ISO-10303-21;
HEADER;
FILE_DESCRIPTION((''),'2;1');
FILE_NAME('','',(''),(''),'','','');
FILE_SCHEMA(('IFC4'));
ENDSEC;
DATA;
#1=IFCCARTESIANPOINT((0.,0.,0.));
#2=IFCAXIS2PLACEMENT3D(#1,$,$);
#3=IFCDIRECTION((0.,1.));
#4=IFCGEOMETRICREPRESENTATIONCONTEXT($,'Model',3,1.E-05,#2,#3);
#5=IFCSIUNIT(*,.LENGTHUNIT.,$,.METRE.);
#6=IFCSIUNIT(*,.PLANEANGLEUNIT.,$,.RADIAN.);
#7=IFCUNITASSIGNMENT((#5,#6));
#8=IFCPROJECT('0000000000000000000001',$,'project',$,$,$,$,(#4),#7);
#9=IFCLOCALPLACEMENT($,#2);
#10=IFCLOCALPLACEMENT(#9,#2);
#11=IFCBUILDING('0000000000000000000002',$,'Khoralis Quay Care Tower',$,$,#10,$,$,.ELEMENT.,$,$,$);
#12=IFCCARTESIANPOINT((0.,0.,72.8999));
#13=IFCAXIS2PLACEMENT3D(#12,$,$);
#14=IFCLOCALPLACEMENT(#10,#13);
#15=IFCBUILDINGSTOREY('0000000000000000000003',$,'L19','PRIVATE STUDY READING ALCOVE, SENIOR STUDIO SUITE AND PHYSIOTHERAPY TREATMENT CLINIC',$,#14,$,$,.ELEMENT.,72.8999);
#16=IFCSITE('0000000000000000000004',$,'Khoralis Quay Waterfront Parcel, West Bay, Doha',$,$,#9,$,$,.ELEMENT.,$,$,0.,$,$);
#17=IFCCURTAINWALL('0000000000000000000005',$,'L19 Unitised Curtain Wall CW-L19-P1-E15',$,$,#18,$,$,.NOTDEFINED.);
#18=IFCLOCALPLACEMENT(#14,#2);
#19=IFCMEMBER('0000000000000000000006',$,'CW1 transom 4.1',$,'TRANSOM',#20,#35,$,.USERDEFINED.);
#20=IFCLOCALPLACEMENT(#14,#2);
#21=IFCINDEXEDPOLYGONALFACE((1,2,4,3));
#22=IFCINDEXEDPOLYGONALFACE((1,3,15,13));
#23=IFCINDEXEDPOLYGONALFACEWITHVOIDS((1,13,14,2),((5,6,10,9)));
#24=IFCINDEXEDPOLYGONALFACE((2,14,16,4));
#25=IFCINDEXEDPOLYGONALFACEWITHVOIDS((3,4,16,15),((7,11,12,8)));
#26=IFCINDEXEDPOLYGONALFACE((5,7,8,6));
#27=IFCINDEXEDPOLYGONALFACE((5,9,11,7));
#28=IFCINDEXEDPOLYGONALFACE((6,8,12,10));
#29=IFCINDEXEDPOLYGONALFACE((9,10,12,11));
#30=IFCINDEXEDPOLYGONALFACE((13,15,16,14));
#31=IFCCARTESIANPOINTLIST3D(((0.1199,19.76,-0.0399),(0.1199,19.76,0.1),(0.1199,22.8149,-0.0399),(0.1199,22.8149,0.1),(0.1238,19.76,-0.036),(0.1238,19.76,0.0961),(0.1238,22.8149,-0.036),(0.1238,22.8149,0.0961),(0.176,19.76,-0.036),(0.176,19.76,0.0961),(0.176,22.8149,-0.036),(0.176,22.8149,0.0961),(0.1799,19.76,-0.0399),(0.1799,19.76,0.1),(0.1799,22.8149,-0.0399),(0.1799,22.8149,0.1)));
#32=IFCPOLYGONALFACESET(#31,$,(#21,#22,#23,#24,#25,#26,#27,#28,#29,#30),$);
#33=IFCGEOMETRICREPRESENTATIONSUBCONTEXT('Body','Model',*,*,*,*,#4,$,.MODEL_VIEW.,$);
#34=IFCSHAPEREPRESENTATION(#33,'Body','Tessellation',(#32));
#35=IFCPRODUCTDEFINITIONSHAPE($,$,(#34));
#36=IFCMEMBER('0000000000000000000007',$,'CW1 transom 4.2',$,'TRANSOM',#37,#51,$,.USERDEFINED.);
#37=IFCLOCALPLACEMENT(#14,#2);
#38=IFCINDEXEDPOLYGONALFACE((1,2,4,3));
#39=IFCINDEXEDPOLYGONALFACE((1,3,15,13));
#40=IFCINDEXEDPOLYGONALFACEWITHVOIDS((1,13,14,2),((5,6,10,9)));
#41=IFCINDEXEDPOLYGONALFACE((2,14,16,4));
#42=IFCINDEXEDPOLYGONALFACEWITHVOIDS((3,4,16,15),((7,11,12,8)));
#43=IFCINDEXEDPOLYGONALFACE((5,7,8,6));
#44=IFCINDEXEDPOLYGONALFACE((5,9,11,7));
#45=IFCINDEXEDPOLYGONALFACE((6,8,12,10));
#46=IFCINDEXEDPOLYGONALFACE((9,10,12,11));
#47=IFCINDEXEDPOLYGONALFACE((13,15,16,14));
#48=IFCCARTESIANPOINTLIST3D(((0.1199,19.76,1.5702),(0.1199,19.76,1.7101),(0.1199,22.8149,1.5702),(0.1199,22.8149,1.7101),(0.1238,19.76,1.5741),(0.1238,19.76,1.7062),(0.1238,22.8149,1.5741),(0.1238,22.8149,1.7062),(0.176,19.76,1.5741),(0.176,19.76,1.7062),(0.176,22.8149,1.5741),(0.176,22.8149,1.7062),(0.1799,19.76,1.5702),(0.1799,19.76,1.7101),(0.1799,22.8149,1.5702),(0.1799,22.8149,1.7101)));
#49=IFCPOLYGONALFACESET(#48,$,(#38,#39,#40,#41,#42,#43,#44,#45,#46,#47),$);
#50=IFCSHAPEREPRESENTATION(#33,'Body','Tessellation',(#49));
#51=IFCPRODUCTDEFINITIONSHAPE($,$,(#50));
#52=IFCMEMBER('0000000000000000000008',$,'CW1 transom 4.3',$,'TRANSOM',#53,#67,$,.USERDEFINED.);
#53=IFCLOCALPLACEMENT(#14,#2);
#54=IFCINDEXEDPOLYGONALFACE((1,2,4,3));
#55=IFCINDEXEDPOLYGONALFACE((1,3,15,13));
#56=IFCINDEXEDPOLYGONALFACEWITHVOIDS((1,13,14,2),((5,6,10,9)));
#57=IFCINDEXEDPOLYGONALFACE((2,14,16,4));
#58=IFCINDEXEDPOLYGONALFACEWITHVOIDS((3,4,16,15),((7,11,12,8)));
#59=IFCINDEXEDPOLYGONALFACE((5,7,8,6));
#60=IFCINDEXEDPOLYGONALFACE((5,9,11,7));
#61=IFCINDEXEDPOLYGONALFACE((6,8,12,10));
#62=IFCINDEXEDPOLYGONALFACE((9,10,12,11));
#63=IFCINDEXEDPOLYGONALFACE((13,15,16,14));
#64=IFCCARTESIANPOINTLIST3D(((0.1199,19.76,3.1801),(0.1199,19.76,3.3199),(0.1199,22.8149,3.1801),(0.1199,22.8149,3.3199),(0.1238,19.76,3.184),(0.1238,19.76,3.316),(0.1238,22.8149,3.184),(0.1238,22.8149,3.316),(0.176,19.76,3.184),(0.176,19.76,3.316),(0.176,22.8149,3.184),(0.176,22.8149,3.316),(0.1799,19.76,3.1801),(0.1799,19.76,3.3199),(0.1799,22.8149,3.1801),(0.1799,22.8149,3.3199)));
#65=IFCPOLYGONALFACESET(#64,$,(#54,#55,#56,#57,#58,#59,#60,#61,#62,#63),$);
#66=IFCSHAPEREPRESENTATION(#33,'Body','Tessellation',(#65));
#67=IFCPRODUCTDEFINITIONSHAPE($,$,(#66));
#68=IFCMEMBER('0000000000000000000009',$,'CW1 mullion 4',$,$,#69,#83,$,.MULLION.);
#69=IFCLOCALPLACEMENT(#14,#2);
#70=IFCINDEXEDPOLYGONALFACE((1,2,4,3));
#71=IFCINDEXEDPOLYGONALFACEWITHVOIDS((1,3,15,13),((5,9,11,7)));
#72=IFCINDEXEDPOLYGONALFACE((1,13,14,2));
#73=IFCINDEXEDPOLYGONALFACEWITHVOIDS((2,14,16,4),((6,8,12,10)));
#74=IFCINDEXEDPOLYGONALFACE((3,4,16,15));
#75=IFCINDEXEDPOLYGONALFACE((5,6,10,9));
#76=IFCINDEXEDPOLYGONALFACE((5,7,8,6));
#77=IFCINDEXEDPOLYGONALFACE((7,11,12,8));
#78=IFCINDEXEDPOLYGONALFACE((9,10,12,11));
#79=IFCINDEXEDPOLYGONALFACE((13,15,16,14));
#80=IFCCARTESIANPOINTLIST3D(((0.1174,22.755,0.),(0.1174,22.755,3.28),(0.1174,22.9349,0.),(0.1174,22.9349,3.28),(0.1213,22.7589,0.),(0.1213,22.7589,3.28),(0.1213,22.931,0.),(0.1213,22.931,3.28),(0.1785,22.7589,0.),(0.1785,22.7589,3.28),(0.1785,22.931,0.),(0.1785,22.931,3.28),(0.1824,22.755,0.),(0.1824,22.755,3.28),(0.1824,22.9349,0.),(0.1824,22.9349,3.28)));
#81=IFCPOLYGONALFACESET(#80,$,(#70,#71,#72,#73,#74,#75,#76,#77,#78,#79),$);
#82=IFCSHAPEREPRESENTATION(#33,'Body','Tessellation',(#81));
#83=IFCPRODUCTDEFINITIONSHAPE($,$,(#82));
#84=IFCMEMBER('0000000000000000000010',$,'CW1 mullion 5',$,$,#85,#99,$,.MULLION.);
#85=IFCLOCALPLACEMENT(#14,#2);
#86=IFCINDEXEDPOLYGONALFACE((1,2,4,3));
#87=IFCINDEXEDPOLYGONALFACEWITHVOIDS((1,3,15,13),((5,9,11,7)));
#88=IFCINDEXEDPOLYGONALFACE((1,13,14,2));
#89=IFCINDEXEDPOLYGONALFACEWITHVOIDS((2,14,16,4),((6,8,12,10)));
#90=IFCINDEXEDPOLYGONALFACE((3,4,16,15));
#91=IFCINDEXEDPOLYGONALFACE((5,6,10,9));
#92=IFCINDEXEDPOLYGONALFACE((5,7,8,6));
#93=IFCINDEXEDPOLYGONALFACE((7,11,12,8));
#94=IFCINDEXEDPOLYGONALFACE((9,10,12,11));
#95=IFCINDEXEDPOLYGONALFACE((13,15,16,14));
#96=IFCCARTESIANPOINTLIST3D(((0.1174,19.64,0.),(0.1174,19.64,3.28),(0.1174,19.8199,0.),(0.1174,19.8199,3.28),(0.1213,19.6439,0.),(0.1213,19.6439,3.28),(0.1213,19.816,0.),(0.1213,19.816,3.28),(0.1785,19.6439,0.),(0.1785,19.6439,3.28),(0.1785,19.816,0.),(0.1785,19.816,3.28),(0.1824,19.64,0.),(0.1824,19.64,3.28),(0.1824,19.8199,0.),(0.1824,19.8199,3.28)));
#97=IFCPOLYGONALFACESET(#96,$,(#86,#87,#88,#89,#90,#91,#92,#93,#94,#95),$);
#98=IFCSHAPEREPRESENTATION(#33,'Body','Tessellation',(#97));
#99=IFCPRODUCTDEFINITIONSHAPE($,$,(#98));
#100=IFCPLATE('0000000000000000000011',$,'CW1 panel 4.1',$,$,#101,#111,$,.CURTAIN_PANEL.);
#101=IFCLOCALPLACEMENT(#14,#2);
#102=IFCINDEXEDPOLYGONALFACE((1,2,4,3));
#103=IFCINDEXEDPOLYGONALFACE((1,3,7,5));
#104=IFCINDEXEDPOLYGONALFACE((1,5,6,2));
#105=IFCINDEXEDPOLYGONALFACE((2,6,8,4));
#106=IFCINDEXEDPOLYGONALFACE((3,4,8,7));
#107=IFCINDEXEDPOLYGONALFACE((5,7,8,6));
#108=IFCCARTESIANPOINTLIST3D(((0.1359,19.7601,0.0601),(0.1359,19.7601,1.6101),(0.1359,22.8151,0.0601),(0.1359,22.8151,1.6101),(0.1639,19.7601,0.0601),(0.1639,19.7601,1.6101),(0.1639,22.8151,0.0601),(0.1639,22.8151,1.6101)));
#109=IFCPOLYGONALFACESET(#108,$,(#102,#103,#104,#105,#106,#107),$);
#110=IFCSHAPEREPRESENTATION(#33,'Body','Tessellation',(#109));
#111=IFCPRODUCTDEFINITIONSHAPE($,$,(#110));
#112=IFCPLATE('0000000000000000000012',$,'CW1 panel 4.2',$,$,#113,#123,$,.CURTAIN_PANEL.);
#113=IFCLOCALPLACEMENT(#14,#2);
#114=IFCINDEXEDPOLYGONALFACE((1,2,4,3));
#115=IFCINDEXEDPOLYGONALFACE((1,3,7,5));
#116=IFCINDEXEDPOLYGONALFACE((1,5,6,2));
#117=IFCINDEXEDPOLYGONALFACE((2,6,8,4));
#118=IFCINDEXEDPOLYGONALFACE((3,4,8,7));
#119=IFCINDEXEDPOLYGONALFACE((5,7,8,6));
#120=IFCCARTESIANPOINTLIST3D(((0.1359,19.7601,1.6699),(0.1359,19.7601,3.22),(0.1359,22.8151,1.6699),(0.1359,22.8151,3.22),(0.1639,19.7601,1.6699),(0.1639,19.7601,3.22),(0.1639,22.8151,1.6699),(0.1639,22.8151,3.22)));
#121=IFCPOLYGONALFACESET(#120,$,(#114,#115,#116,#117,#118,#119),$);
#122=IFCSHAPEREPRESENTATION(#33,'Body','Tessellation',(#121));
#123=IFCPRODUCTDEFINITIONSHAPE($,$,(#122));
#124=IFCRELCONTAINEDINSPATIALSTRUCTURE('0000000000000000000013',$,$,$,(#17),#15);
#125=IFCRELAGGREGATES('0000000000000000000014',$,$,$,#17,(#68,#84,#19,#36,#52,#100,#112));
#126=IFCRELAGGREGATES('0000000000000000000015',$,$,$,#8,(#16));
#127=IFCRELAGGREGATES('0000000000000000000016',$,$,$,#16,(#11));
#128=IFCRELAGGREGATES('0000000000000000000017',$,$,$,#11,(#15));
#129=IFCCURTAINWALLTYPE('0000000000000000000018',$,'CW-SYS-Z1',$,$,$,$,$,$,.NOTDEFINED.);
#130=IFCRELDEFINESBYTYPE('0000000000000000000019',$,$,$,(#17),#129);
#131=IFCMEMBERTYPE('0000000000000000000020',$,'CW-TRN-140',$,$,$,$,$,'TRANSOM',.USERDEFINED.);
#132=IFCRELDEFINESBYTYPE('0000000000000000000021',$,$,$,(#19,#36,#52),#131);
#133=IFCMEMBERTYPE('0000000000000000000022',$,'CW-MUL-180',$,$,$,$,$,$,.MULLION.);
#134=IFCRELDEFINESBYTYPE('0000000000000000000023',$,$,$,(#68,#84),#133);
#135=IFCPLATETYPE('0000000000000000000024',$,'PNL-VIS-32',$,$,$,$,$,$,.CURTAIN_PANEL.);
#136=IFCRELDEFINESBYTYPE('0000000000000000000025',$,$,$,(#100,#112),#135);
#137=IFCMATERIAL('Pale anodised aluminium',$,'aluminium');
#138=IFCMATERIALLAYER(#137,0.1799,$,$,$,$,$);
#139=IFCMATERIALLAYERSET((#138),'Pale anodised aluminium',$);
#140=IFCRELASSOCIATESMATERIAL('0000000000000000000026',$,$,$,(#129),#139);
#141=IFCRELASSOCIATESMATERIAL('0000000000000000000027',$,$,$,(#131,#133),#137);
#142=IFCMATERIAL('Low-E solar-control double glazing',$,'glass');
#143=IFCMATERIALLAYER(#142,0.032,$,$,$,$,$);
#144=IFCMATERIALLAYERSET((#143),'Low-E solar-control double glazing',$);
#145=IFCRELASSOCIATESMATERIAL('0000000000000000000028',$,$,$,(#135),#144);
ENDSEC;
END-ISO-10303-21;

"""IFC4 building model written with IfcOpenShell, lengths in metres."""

from ifc_helpers import new_model, si_unit, direction, frame, origin, origin_2d, place, context, subcontext, project, spatial, rectangle, hollow_rectangle, extrude, source, transform, mapped, material, layer, layer_set, material_profile, profile_set, type_object, element, aggregate, save


model = new_model("IFC4")

# Units and contexts
model_context = context("Model", 3, precision=1e-05, world=origin(), true_north=direction((0.0, 1.0)))
body_context = subcontext(model_context, "Body", "Model", "MODEL_VIEW")
ifc_project = project(units=[si_unit("LENGTHUNIT", "METRE"), si_unit("PLANEANGLEUNIT", "RADIAN")], contexts=[model_context])

# Site, building, storey
site_placement = place(None, origin())
site = spatial("IfcSite", under=ifc_project, at=site_placement, Name="Khoralis Quay Waterfront Parcel, West Bay, Doha", CompositionType="ELEMENT", RefElevation=0.0)
building_placement = place(site_placement, origin())
building = spatial("IfcBuilding", under=site, at=building_placement, Name="Khoralis Quay Care Tower", CompositionType="ELEMENT")
storey_placement = place(building_placement, frame((0.0, 0.0, 72.8999)))
storey = spatial("IfcBuildingStorey", under=building, at=storey_placement, Name="L19", Description="PRIVATE STUDY READING ALCOVE, SENIOR STUDIO SUITE AND PHYSIOTHERAPY TREATMENT CLINIC", CompositionType="ELEMENT", Elevation=72.8999)

# Curtain wall, members, plates
ifc_material_1 = material(Name="Pale anodised aluminium", Category="aluminium")
ifc_layer_1 = layer(ifc_material_1, 0.1799)
ifc_layer_set_1 = layer_set([ifc_layer_1], Name="Pale anodised aluminium")
curtain_wall_type = type_object("IfcCurtainWallType", Name="CW-SYS-Z1", PredefinedType="NOTDEFINED", material=ifc_layer_set_1)
curtain_wall_placement = place(storey_placement, origin())
curtain_wall = element("IfcCurtainWall", 1, at=curtain_wall_placement, inside=storey, type_object=curtain_wall_type, Name="L19 Unitised Curtain Wall CW-L19-P1-E15", PredefinedType="NOTDEFINED")
ifc_material_profile_1 = material_profile(ifc_material_1, hollow_rectangle(XDim=0.0601, YDim=0.1399, WallThickness=0.0039, at=origin_2d()), Name="Pale anodised aluminium")
ifc_profile_set_1 = profile_set([ifc_material_profile_1], Name="Pale anodised aluminium")
member_type_1 = type_object("IfcMemberType", Name="CW-TRN-140", ElementType="TRANSOM", PredefinedType="USERDEFINED", material=ifc_profile_set_1)
shared_shape_1 = source(origin(), body_context, "Body", "SweptSolid", [
    extrude(hollow_rectangle(XDim=0.0601, YDim=0.1399, WallThickness=0.0039, at=origin_2d()), origin(), (0.0, 0.0, 1.0), 3.0549),
])
member_1_placement = place(storey_placement, frame((0.1499, 22.8149, 0.03), z_axis=(0.0, -1.0, 0.0), x_axis=(1.0, 0.0, 0.0)))
member_1 = element("IfcMember", 2, at=member_1_placement, type_object=member_type_1, Name="CW1 transom 4.1", ObjectType="TRANSOM", PredefinedType="USERDEFINED", context=body_context, shape_type="MappedRepresentation", body=[
    mapped(shared_shape_1, transform((0.0, 0.0, 0.0), scale=1.0)),
])
member_2_placement = place(storey_placement, frame((0.1499, 22.8149, 1.6401), z_axis=(0.0, -1.0, 0.0), x_axis=(1.0, 0.0, 0.0)))
member_2 = element("IfcMember", 3, at=member_2_placement, type_object=member_type_1, Name="CW1 transom 4.2", ObjectType="TRANSOM", PredefinedType="USERDEFINED", context=body_context, shape_type="MappedRepresentation", body=[
    mapped(shared_shape_1, transform((0.0, 0.0, 0.0), scale=1.0)),
])
member_3_placement = place(storey_placement, frame((0.1499, 22.8149, 3.25), z_axis=(0.0, -1.0, 0.0), x_axis=(1.0, 0.0, 0.0)))
member_3 = element("IfcMember", 4, at=member_3_placement, type_object=member_type_1, Name="CW1 transom 4.3", ObjectType="TRANSOM", PredefinedType="USERDEFINED", context=body_context, shape_type="MappedRepresentation", body=[
    mapped(shared_shape_1, transform((0.0, 0.0, 0.0), scale=1.0)),
])
ifc_material_profile_2 = material_profile(ifc_material_1, hollow_rectangle(XDim=0.0649, YDim=0.1799, WallThickness=0.0039, at=origin_2d()), Name="Pale anodised aluminium")
ifc_profile_set_2 = profile_set([ifc_material_profile_2], Name="Pale anodised aluminium")
member_type_2 = type_object("IfcMemberType", Name="CW-MUL-180", PredefinedType="MULLION", material=ifc_profile_set_2)
shared_shape_2 = source(origin(), body_context, "Body", "SweptSolid", [
    extrude(hollow_rectangle(XDim=0.0649, YDim=0.1799, WallThickness=0.0039, at=origin_2d()), origin(), (0.0, 0.0, 1.0), 3.28),
])
member_4_placement = place(storey_placement, frame((0.1499, 22.845, 0.0), z_axis=(0.0, 0.0, 1.0), x_axis=(1.0, 0.0, 0.0)))
member_4 = element("IfcMember", 5, at=member_4_placement, type_object=member_type_2, Name="CW1 mullion 4", PredefinedType="MULLION", context=body_context, shape_type="MappedRepresentation", body=[
    mapped(shared_shape_2, transform((0.0, 0.0, 0.0), scale=1.0)),
])
member_5_placement = place(storey_placement, frame((0.1499, 19.73, 0.0), z_axis=(0.0, 0.0, 1.0), x_axis=(1.0, 0.0, 0.0)))
member_5 = element("IfcMember", 6, at=member_5_placement, type_object=member_type_2, Name="CW1 mullion 5", PredefinedType="MULLION", context=body_context, shape_type="MappedRepresentation", body=[
    mapped(shared_shape_2, transform((0.0, 0.0, 0.0), scale=1.0)),
])
ifc_material_2 = material(Name="Low-E solar-control double glazing", Category="glass")
ifc_layer_2 = layer(ifc_material_2, 0.032)
ifc_layer_set_2 = layer_set([ifc_layer_2], Name="Low-E solar-control double glazing")
plate_type = type_object("IfcPlateType", Name="PNL-VIS-32", PredefinedType="CURTAIN_PANEL", material=ifc_layer_set_2)
shared_shape_3 = source(origin(), body_context, "Body", "SweptSolid", [
    extrude(rectangle(XDim=3.0549, YDim=0.0281, at=origin_2d()), origin(), (0.0, 0.0, 1.0), 1.55),
])
plate_1_placement = place(storey_placement, frame((0.1499, 21.2876, 0.0601), z_axis=(0.0, 0.0, 1.0), x_axis=(0.0, -1.0, 0.0)))
plate_1 = element("IfcPlate", 7, at=plate_1_placement, type_object=plate_type, Name="CW1 panel 4.1", PredefinedType="CURTAIN_PANEL", context=body_context, shape_type="MappedRepresentation", body=[
    mapped(shared_shape_3, transform((0.0, 0.0, 0.0), scale=1.0)),
])
plate_2_placement = place(storey_placement, frame((0.1499, 21.2876, 1.6699), z_axis=(0.0, 0.0, 1.0), x_axis=(0.0, -1.0, 0.0)))
plate_2 = element("IfcPlate", 8, at=plate_2_placement, type_object=plate_type, Name="CW1 panel 4.2", PredefinedType="CURTAIN_PANEL", context=body_context, shape_type="MappedRepresentation", body=[
    mapped(shared_shape_3, transform((0.0, 0.0, 0.0), scale=1.0)),
])
aggregate(curtain_wall, [member_4, member_5, member_1, member_2, member_3, plate_1, plate_2])

save(model, "model.ifc")
